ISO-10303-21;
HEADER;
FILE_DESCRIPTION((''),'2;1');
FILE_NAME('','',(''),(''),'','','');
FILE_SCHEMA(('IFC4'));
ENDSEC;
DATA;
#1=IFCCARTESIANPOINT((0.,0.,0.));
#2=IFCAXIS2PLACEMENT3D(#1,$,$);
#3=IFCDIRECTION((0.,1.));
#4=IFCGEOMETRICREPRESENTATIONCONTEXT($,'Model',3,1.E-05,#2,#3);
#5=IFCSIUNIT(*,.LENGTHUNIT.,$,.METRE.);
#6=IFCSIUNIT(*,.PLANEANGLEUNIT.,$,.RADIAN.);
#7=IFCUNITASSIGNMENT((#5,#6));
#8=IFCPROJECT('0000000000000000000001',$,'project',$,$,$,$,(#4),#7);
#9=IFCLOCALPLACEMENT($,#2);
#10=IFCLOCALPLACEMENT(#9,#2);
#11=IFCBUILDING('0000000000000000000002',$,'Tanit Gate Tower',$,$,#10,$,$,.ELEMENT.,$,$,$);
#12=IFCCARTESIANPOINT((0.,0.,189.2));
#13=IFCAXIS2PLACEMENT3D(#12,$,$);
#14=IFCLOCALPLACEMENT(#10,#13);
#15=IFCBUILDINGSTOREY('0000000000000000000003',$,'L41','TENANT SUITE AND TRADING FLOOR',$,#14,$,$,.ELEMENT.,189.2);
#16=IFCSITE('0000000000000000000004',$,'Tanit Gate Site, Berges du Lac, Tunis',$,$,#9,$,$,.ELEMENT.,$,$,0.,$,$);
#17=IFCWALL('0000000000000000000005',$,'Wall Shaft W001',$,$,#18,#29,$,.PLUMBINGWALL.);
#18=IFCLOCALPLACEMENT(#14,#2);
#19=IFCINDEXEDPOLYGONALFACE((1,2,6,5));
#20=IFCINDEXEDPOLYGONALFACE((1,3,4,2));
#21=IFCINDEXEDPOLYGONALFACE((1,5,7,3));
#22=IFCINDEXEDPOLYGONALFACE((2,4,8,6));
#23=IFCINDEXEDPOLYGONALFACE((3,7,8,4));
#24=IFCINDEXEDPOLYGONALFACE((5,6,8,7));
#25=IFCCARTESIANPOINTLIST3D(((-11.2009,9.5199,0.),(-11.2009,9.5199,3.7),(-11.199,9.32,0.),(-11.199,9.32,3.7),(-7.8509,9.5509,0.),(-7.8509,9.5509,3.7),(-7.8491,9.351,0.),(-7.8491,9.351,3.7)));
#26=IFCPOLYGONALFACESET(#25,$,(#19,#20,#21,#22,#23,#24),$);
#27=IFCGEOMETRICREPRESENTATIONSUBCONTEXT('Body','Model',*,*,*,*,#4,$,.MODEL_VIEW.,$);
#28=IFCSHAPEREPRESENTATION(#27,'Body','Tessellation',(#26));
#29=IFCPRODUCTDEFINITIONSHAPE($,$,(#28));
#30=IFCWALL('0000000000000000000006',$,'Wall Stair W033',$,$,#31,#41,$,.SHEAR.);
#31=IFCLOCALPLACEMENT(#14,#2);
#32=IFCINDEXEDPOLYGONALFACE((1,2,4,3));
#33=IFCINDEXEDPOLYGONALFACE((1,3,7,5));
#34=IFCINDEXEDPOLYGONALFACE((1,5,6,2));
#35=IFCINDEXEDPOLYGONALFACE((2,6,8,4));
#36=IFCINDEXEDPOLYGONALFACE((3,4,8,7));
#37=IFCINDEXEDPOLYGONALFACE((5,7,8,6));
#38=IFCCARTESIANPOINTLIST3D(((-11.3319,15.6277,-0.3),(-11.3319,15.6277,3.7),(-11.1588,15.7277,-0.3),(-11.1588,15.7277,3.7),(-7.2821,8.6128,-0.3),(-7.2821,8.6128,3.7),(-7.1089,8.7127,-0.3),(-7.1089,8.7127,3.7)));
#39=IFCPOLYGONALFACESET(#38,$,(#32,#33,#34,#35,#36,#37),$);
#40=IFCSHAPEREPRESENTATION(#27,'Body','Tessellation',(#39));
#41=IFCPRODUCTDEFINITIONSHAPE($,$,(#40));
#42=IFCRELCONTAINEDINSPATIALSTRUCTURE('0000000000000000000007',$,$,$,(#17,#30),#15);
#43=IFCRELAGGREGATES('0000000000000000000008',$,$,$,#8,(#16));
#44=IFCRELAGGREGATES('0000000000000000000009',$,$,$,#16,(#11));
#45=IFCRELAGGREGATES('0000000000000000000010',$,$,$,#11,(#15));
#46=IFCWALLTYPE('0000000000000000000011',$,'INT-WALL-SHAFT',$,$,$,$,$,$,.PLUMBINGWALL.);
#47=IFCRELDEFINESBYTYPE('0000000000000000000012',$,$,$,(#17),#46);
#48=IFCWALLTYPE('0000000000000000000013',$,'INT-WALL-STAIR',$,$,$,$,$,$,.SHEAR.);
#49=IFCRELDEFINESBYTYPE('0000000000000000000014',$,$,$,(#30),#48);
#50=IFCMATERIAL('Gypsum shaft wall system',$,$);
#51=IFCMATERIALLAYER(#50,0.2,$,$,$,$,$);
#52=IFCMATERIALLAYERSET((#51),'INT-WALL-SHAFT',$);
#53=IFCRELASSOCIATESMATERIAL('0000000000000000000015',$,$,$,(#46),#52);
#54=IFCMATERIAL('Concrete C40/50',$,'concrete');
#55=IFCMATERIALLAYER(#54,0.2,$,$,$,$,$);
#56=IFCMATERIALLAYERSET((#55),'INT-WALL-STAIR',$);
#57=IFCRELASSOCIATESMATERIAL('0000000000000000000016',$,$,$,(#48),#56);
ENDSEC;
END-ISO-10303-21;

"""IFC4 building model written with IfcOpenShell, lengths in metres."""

from ifc_helpers import new_model, si_unit, direction, frame, frame_2d, origin, place, context, subcontext, project, spatial, rectangle, extrude, material, layer, layer_set, type_object, element, save


model = new_model("IFC4")

# Units and contexts
model_context = context("Model", 3, precision=1e-05, world=origin(), true_north=direction((0.0, 1.0)))
body_context = subcontext(model_context, "Body", "Model", "MODEL_VIEW")
ifc_project = project(units=[si_unit("LENGTHUNIT", "METRE"), si_unit("PLANEANGLEUNIT", "RADIAN")], contexts=[model_context])

# Site, building, storey
site_placement = place(None, origin())
site = spatial("IfcSite", under=ifc_project, at=site_placement, Name="Tanit Gate Site, Berges du Lac, Tunis", CompositionType="ELEMENT", RefElevation=0.0)
building_placement = place(site_placement, origin())
building = spatial("IfcBuilding", under=site, at=building_placement, Name="Tanit Gate Tower", CompositionType="ELEMENT")
storey_placement = place(building_placement, frame((0.0, 0.0, 189.2)))
storey = spatial("IfcBuildingStorey", under=building, at=storey_placement, Name="L41", Description="TENANT SUITE AND TRADING FLOOR", CompositionType="ELEMENT", Elevation=189.2)

# Walls
ifc_material_1 = material(Name="Gypsum shaft wall system")
ifc_layer_1 = layer(ifc_material_1, 0.2)
ifc_layer_set_1 = layer_set([ifc_layer_1], Name="INT-WALL-SHAFT")
wall_type_1 = type_object("IfcWallType", Name="INT-WALL-SHAFT", PredefinedType="PLUMBINGWALL", material=ifc_layer_set_1)
wall_1_placement = place(storey_placement, frame((-11.2, 9.4199, 0.0), z_axis=(0.0, 0.0, 1.0), x_axis=(0.999957, 0.009255, 0.0)))
element("IfcWall", 1, at=wall_1_placement, inside=storey, type_object=wall_type_1, Name="Wall Shaft W001", PredefinedType="PLUMBINGWALL", context=body_context, shape_type="SweptSolid", body=[
    extrude(rectangle(XDim=3.3501, YDim=0.2, at=frame_2d((1.675, 0.0))), origin(), (0.0, 0.0, 1.0), 3.7),
])
ifc_material_2 = material(Name="Concrete C40/50", Category="concrete")
ifc_layer_2 = layer(ifc_material_2, 0.2)
ifc_layer_set_2 = layer_set([ifc_layer_2], Name="INT-WALL-STAIR")
wall_type_2 = type_object("IfcWallType", Name="INT-WALL-STAIR", PredefinedType="SHEAR", material=ifc_layer_set_2)
wall_2_placement = place(storey_placement, frame((-11.2454, 15.6777, -0.3), z_axis=(0.0, 0.0, 1.0), x_axis=(0.499977, -0.866039, 0.0)))
element("IfcWall", 2, at=wall_2_placement, inside=storey, type_object=wall_type_2, Name="Wall Stair W033", PredefinedType="SHEAR", context=body_context, shape_type="SweptSolid", body=[
    extrude(rectangle(XDim=8.1001, YDim=0.2, at=frame_2d((4.05, 0.0))), origin(), (0.0, 0.0, 1.0), 4.0),
])

save(model, "model.ifc")
